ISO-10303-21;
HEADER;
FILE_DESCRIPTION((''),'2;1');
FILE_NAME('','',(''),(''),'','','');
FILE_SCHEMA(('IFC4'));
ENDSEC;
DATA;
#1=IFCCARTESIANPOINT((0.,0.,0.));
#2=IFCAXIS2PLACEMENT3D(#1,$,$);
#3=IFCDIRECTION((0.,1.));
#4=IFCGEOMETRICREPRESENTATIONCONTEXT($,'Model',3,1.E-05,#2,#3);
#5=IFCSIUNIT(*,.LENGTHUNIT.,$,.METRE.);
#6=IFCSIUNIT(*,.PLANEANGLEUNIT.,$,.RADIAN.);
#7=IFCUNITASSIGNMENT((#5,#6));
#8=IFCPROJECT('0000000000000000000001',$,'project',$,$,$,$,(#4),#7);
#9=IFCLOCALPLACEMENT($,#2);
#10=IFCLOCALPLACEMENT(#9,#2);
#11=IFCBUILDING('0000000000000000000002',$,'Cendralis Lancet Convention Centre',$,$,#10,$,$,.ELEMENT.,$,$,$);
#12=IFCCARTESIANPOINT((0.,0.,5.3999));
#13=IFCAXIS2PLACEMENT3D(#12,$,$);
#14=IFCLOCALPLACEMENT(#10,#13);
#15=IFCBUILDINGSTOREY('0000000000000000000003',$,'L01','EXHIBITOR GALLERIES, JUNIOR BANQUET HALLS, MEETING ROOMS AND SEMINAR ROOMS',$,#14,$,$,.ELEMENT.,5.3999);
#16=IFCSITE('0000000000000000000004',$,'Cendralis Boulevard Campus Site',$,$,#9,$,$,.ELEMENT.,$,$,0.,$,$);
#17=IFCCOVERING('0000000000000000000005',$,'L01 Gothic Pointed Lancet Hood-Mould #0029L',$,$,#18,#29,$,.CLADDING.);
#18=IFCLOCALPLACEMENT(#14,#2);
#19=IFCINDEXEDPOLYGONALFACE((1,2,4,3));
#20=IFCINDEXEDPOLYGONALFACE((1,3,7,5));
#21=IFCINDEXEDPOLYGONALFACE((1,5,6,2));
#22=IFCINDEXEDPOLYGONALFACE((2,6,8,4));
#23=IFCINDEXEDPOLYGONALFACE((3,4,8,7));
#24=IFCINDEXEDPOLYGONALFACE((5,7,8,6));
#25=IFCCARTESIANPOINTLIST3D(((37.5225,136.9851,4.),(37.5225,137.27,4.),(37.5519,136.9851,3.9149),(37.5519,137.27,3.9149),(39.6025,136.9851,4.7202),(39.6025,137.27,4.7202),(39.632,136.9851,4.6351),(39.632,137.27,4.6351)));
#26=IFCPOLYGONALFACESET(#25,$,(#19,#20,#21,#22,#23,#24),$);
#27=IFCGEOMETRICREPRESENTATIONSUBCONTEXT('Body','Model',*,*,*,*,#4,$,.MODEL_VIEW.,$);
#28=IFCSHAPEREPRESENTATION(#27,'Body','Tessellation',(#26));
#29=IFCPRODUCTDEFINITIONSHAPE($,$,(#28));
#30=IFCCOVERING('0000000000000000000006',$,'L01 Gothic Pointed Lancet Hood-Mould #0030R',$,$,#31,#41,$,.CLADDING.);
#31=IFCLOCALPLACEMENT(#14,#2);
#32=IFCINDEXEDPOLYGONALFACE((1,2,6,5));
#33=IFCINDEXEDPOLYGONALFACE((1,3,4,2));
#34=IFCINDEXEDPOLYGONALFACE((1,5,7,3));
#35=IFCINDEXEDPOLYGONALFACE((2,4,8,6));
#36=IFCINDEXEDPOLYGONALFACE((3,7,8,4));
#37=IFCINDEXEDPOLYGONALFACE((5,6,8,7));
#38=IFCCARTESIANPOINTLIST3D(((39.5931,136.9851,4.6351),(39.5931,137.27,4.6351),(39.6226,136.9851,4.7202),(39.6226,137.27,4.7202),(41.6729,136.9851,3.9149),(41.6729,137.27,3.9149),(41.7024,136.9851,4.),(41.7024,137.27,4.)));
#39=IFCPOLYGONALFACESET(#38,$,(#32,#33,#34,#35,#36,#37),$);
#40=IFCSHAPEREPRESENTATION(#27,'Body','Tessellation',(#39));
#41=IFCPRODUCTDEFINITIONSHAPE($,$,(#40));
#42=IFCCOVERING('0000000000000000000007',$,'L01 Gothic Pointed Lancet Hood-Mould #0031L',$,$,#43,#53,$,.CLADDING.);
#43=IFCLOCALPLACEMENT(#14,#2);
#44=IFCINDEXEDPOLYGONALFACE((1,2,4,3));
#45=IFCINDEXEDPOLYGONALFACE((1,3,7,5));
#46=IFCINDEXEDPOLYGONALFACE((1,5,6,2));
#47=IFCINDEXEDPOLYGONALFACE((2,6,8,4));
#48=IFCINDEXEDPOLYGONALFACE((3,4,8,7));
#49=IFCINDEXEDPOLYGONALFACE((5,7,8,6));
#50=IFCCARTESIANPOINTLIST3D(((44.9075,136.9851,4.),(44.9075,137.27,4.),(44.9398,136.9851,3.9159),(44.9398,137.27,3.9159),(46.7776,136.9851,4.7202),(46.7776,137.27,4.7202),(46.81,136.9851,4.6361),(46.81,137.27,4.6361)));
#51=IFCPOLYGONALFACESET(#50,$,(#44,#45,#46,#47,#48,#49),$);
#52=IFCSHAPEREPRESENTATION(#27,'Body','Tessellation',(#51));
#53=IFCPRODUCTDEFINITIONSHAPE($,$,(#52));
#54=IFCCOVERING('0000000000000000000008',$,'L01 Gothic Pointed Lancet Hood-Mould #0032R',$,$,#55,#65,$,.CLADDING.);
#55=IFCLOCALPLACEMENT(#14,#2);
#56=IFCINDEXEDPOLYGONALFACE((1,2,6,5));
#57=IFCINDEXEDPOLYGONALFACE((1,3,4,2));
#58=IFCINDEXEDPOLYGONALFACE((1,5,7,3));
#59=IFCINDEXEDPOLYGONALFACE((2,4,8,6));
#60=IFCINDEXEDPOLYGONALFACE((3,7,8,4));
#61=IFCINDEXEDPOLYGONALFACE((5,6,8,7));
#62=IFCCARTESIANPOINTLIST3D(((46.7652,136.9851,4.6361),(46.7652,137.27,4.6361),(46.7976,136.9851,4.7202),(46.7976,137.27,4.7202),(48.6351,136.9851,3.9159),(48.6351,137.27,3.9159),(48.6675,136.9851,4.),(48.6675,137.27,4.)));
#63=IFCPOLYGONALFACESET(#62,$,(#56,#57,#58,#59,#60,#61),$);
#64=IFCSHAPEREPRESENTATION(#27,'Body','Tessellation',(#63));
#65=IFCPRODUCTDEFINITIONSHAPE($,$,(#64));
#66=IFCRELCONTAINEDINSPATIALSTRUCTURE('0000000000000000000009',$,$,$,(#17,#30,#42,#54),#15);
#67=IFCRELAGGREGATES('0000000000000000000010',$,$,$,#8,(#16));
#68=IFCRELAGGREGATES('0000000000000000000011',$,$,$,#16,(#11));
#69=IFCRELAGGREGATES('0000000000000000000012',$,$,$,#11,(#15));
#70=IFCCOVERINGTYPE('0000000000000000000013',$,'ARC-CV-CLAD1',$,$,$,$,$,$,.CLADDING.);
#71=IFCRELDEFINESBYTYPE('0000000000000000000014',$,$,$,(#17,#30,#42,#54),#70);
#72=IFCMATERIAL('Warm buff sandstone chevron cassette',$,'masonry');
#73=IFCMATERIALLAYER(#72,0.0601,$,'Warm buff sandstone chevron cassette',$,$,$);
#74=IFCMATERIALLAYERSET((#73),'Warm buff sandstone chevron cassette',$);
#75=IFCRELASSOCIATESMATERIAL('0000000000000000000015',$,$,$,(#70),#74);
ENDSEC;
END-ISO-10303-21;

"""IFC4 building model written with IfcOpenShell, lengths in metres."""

from ifc_helpers import new_model, si_unit, direction, frame, origin, place, context, subcontext, project, spatial, polyline, outline, extrude, material, layer, layer_set, type_object, element, save


model = new_model("IFC4")

# Units and contexts
model_context = context("Model", 3, precision=1e-05, world=origin(), true_north=direction((0.0, 1.0)))
body_context = subcontext(model_context, "Body", "Model", "MODEL_VIEW")
ifc_project = project(units=[si_unit("LENGTHUNIT", "METRE"), si_unit("PLANEANGLEUNIT", "RADIAN")], contexts=[model_context])

# Site, building, storey
site_placement = place(None, origin())
site = spatial("IfcSite", under=ifc_project, at=site_placement, Name="Cendralis Boulevard Campus Site", CompositionType="ELEMENT", RefElevation=0.0)
building_placement = place(site_placement, origin())
building = spatial("IfcBuilding", under=site, at=building_placement, Name="Cendralis Lancet Convention Centre", CompositionType="ELEMENT")
storey_placement = place(building_placement, frame((0.0, 0.0, 5.3999)))
storey = spatial("IfcBuildingStorey", under=building, at=storey_placement, Name="L01", Description="EXHIBITOR GALLERIES, JUNIOR BANQUET HALLS, MEETING ROOMS AND SEMINAR ROOMS", CompositionType="ELEMENT", Elevation=5.3999)

# Coverings
ifc_material_1 = material(Name="Warm buff sandstone chevron cassette", Category="masonry")
ifc_layer_1 = layer(ifc_material_1, 0.0601, Name="Warm buff sandstone chevron cassette")
ifc_layer_set_1 = layer_set([ifc_layer_1], Name="Warm buff sandstone chevron cassette")
covering_type = type_object("IfcCoveringType", Name="ARC-CV-CLAD1", PredefinedType="CLADDING", material=ifc_layer_set_1)
covering_1_placement = place(storey_placement, frame((37.5225, 137.27, 4.0), z_axis=(-0.327187, 0.0, 0.94496), x_axis=(0.0, -1.0, 0.0)))
element("IfcCovering", 1, at=covering_1_placement, inside=storey, type_object=covering_type, Name="L01 Gothic Pointed Lancet Hood-Mould #0029L", PredefinedType="CLADDING", context=body_context, shape_type="SweptSolid", body=[
    extrude(outline(polyline([(0.0, 0.0), (0.2849, 0.0), (0.2849, 2.2012), (0.0, 2.2012), (0.0, 0.0)])), origin(), (0.0, 0.0, -1.0), 0.0901),
])
covering_2_placement = place(storey_placement, frame((39.6226, 137.27, 4.7202), z_axis=(0.327221, 0.0, 0.944948), x_axis=(0.0, -1.0, 0.0)))
element("IfcCovering", 2, at=covering_2_placement, inside=storey, type_object=covering_type, Name="L01 Gothic Pointed Lancet Hood-Mould #0030R", PredefinedType="CLADDING", context=body_context, shape_type="SweptSolid", body=[
    extrude(outline(polyline([(0.0, 0.0), (0.2849, 0.0), (0.2849, 2.201), (0.0, 2.201), (0.0, 0.0)])), origin(), (0.0, 0.0, -1.0), 0.0901),
])
covering_3_placement = place(storey_placement, frame((44.9075, 137.27, 4.0), z_axis=(-0.359387, 0.0, 0.933189), x_axis=(0.0, -1.0, 0.0)))
element("IfcCovering", 3, at=covering_3_placement, inside=storey, type_object=covering_type, Name="L01 Gothic Pointed Lancet Hood-Mould #0031L", PredefinedType="CLADDING", context=body_context, shape_type="SweptSolid", body=[
    extrude(outline(polyline([(0.0, 0.0), (0.2849, 0.0), (0.2849, 2.004), (0.0, 2.004), (0.0, 0.0)])), origin(), (0.0, 0.0, -1.0), 0.0901),
])
covering_4_placement = place(storey_placement, frame((46.7976, 137.27, 4.7202), z_axis=(0.359428, 0.0, 0.933173), x_axis=(0.0, -1.0, 0.0)))
element("IfcCovering", 4, at=covering_4_placement, inside=storey, type_object=covering_type, Name="L01 Gothic Pointed Lancet Hood-Mould #0032R", PredefinedType="CLADDING", context=body_context, shape_type="SweptSolid", body=[
    extrude(outline(polyline([(0.0, 0.0), (0.2849, 0.0), (0.2849, 2.0038), (0.0, 2.0038), (0.0, 0.0)])), origin(), (0.0, 0.0, -1.0), 0.0901),
])

save(model, "model.ifc")
